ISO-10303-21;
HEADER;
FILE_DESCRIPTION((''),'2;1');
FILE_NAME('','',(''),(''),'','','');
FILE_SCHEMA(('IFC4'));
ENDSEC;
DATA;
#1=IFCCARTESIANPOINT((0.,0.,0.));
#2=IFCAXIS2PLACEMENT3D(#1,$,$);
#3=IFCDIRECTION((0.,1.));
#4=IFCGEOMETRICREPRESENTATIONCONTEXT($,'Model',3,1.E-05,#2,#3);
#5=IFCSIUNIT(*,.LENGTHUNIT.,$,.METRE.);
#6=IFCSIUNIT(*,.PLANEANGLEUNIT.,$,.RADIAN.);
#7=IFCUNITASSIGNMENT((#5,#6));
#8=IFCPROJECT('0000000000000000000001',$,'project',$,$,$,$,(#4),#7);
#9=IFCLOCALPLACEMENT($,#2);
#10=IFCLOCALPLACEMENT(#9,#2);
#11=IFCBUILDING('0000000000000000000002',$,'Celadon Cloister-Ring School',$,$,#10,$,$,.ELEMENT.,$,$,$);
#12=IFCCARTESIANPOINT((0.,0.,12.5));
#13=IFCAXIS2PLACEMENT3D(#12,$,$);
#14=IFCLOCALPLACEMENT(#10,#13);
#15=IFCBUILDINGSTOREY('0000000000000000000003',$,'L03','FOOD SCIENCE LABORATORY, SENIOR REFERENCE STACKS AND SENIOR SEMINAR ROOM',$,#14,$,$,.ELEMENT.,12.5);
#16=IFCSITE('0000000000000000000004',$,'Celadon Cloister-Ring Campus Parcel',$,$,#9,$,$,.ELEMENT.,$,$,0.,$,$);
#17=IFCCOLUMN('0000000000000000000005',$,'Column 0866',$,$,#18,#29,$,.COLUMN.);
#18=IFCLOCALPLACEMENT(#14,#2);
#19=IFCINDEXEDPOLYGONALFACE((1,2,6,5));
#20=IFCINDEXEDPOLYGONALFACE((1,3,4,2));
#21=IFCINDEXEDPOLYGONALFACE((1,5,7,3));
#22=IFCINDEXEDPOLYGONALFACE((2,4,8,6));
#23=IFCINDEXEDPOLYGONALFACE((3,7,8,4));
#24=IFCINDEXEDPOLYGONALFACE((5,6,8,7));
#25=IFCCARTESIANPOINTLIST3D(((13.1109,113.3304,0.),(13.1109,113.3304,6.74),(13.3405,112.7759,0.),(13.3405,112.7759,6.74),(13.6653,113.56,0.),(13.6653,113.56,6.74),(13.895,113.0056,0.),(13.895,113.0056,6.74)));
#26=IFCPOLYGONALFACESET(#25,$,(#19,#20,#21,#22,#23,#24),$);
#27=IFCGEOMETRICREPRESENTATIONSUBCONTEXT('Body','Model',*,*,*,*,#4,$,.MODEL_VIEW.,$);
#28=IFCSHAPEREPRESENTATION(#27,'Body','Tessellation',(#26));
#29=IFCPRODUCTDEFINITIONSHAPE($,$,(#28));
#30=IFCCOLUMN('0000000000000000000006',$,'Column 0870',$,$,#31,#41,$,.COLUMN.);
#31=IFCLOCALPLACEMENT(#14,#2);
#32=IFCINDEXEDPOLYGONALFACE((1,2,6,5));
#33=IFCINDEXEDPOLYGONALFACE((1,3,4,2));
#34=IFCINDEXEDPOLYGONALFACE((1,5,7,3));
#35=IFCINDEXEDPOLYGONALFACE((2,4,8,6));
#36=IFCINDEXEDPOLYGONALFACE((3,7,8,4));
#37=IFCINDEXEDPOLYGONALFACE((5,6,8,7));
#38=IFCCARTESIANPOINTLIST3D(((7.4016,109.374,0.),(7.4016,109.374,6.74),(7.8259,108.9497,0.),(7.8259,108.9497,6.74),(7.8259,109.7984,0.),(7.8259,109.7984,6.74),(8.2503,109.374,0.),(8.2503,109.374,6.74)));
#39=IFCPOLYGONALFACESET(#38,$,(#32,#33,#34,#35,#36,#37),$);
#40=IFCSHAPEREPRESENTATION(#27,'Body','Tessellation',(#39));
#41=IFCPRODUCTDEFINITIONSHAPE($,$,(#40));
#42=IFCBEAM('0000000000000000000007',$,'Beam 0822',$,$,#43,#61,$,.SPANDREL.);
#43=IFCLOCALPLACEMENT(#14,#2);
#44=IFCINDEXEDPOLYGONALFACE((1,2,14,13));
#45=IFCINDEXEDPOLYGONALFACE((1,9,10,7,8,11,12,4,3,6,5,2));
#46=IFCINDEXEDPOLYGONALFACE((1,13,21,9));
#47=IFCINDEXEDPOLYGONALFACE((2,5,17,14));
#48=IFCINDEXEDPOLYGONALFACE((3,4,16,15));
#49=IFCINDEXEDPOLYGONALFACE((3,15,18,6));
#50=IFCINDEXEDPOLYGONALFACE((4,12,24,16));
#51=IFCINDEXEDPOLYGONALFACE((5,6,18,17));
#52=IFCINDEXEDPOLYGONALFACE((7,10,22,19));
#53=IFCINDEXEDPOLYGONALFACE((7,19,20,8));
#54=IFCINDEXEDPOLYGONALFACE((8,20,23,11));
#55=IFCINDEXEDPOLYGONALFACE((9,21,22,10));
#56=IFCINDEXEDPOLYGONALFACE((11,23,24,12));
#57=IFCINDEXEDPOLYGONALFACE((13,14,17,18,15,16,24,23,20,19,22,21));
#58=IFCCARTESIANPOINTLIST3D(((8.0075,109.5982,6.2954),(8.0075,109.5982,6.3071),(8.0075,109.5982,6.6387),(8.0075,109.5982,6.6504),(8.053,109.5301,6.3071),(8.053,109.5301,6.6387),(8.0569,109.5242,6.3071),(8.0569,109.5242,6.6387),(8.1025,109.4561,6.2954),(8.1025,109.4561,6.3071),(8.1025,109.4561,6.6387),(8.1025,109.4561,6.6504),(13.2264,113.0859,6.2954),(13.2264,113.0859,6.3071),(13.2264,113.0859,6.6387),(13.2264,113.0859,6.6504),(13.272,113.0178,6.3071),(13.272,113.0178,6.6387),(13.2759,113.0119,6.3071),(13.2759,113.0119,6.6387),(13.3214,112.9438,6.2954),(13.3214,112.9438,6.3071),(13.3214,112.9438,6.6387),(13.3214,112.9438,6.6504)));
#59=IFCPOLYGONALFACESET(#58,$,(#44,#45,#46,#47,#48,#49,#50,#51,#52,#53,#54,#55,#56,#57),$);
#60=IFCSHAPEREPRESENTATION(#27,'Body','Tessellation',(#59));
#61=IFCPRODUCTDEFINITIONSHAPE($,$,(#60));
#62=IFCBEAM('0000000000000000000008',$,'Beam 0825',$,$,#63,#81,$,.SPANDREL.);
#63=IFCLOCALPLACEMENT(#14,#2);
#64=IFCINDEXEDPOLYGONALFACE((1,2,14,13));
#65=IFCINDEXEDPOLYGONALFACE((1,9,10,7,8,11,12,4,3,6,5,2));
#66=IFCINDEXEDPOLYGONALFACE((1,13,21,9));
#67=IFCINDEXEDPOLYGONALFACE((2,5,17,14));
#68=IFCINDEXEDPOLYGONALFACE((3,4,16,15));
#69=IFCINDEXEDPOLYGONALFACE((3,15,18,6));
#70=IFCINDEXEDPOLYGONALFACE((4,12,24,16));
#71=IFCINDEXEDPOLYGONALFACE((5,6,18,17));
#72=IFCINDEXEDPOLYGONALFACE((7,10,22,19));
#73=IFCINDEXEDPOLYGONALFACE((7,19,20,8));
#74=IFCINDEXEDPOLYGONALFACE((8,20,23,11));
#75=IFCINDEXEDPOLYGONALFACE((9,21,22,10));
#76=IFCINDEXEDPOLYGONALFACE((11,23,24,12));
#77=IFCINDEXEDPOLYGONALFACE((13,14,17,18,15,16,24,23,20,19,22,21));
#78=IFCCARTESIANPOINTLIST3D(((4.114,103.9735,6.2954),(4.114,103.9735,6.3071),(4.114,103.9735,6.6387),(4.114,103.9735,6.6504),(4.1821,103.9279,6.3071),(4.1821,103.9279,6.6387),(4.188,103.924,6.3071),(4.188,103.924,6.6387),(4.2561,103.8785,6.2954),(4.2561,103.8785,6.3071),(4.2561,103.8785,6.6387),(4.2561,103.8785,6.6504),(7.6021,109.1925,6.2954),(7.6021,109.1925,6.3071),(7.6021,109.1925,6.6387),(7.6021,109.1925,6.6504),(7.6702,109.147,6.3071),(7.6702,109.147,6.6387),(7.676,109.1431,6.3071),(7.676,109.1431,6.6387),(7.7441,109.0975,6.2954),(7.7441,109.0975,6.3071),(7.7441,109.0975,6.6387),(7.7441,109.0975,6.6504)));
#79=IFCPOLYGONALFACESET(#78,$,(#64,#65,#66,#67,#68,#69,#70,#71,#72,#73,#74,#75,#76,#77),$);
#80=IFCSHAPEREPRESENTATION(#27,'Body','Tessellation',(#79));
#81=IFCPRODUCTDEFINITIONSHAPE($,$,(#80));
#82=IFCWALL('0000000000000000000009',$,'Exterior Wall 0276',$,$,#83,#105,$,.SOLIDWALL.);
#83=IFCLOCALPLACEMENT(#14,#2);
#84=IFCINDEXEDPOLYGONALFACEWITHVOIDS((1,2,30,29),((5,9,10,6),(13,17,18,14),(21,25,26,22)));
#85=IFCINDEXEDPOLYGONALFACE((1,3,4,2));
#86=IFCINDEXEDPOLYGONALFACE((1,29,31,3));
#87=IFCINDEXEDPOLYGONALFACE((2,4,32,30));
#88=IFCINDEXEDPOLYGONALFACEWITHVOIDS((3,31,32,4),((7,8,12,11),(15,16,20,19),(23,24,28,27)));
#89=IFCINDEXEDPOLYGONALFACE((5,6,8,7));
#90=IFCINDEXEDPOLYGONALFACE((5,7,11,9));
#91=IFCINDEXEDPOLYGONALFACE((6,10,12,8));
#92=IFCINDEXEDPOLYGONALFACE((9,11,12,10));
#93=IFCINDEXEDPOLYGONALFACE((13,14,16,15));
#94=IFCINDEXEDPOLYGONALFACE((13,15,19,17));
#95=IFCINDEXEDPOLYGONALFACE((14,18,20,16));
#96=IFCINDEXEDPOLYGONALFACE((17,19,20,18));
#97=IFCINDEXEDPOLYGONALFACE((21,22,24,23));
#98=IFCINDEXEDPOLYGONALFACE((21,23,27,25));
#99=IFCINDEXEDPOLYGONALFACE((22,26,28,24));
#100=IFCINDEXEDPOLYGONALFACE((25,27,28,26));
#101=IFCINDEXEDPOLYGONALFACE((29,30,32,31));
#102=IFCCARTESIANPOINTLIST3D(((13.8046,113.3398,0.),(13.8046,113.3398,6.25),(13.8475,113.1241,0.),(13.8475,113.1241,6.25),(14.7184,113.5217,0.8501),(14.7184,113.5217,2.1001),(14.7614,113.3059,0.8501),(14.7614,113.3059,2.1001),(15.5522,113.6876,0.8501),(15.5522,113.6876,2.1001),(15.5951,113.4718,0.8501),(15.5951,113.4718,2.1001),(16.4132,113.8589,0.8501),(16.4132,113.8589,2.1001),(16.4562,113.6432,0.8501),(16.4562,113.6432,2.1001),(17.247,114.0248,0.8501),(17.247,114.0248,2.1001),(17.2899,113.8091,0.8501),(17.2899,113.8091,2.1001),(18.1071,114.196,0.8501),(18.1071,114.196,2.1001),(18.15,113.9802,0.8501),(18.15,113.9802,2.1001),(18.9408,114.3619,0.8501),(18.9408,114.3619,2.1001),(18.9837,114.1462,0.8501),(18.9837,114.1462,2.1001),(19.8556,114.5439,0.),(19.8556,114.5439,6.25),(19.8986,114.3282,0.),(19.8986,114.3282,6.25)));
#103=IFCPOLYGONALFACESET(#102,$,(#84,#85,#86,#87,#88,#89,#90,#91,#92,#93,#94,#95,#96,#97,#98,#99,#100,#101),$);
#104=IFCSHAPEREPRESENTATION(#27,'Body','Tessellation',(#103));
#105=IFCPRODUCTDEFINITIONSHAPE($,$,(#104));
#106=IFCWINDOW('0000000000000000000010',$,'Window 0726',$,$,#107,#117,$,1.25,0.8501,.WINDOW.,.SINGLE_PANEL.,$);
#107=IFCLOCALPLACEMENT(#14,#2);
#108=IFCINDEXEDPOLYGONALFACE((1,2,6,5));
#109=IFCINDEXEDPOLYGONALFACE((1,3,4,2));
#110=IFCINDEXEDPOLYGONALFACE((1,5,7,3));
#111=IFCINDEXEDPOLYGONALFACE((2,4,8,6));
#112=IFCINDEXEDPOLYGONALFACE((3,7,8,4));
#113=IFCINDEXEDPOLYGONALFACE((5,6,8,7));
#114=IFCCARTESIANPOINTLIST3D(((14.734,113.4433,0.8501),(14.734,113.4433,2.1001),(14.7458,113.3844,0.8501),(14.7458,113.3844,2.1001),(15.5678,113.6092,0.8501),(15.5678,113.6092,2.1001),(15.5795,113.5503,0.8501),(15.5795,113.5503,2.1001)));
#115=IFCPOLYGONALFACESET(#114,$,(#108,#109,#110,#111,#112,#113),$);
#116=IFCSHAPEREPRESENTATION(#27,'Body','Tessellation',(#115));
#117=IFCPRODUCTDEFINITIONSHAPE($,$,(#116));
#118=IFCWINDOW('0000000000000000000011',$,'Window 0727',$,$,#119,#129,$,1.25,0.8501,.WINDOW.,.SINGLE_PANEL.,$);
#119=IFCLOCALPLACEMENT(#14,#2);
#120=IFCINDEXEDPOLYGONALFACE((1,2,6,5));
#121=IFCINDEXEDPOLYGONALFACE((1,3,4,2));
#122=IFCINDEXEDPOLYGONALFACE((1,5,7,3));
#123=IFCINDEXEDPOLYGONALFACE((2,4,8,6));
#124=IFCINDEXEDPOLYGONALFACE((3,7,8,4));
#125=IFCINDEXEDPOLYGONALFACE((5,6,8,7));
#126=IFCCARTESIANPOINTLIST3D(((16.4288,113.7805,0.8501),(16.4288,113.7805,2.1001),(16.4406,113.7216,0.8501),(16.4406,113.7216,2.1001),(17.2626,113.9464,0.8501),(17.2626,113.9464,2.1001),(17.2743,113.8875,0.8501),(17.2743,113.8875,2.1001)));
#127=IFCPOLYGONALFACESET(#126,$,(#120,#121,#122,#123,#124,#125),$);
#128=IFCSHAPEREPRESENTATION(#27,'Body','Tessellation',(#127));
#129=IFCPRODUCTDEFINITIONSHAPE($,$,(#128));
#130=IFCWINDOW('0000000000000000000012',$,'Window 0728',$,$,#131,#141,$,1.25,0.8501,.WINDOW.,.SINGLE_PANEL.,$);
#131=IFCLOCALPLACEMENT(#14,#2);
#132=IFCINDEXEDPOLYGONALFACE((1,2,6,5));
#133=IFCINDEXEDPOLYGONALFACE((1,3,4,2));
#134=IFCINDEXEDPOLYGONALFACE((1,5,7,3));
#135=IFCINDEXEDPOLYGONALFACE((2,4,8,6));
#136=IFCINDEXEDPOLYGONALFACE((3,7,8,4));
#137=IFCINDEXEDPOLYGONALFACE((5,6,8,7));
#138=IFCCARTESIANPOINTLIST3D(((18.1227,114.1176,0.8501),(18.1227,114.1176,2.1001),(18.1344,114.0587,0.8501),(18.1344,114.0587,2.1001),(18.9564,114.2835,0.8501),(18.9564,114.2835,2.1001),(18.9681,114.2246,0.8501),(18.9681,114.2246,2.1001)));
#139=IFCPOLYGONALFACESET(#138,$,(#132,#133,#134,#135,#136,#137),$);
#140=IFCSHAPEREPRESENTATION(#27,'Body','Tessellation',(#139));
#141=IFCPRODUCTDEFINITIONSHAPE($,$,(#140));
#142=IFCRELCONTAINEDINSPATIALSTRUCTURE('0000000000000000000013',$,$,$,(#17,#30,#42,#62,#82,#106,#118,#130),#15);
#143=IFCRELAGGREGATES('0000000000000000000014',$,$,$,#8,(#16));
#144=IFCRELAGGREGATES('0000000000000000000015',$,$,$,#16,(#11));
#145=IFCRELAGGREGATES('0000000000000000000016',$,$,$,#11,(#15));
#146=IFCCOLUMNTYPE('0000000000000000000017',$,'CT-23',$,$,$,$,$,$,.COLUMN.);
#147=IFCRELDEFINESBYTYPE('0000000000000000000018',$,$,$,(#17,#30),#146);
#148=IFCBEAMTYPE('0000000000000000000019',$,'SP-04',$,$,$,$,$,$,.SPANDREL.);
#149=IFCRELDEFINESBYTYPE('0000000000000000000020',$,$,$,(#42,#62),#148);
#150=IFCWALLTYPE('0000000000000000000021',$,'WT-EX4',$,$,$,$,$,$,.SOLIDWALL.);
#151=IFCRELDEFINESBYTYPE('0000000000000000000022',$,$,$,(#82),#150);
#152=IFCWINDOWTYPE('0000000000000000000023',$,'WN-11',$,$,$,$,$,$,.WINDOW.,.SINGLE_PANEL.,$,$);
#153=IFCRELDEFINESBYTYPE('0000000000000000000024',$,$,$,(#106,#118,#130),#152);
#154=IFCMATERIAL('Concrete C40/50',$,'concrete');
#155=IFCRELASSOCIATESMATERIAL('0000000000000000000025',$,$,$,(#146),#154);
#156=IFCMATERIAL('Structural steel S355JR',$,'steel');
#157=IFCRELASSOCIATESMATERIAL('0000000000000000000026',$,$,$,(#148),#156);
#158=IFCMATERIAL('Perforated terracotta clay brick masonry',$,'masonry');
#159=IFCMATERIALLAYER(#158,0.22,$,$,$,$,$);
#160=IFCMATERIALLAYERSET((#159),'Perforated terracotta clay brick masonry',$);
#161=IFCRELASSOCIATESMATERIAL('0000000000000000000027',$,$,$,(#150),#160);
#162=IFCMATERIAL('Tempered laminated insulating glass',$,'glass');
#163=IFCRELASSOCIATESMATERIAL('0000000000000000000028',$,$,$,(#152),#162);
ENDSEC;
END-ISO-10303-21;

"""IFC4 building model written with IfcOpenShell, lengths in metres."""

from ifc_helpers import new_model, si_unit, direction, frame, frame_2d, origin, origin_2d, place, context, subcontext, project, spatial, rectangle, i_section, extrude, material, layer, layer_set, material_profile, profile_set, type_object, element, fill, save


model = new_model("IFC4")

# Units and contexts
model_context = context("Model", 3, precision=1e-05, world=origin(), true_north=direction((0.0, 1.0)))
body_context = subcontext(model_context, "Body", "Model", "MODEL_VIEW")
ifc_project = project(units=[si_unit("LENGTHUNIT", "METRE"), si_unit("PLANEANGLEUNIT", "RADIAN")], contexts=[model_context])

# Site, building, storey
site_placement = place(None, origin())
site = spatial("IfcSite", under=ifc_project, at=site_placement, Name="Celadon Cloister-Ring Campus Parcel", CompositionType="ELEMENT", RefElevation=0.0)
building_placement = place(site_placement, origin())
building = spatial("IfcBuilding", under=site, at=building_placement, Name="Celadon Cloister-Ring School", CompositionType="ELEMENT")
storey_placement = place(building_placement, frame((0.0, 0.0, 12.5)))
storey = spatial("IfcBuildingStorey", under=building, at=storey_placement, Name="L03", Description="FOOD SCIENCE LABORATORY, SENIOR REFERENCE STACKS AND SENIOR SEMINAR ROOM", CompositionType="ELEMENT", Elevation=12.5)

# Columns
ifc_material_1 = material(Name="Concrete C40/50", Category="concrete")
ifc_material_profile_1 = material_profile(ifc_material_1, rectangle(XDim=0.6001, YDim=0.6001, at=origin_2d()), Name="RC600X600")
ifc_profile_set_1 = profile_set([ifc_material_profile_1], Name="Concrete C40/50")
column_type = type_object("IfcColumnType", Name="CT-23", PredefinedType="COLUMN", material=ifc_profile_set_1)
for number, where, z_axis, x_axis, name in (
    (1, (13.5029, 113.168, 0.0), (0.0, 0.0, 1.0), (-0.382683, 0.92388, 0.0), "Column 0866"),
    (2, (7.8259, 109.374, 0.0), (0.0, 0.0, 1.0), (-0.707107, 0.707107, 0.0), "Column 0870"),
):
    element("IfcColumn", number, at=place(storey_placement, frame(where, z_axis=z_axis, x_axis=x_axis)), inside=storey, type_object=column_type, Name=name, PredefinedType="COLUMN", context=body_context, shape_type="SweptSolid", body=[
        extrude(rectangle(XDim=0.6001, YDim=0.6001, at=origin_2d()), origin(), (0.0, 0.0, 1.0), 6.74),
    ])

# Beams
ifc_material_2 = material(Name="Structural steel S355JR", Category="steel")
ifc_material_profile_2 = material_profile(ifc_material_2, i_section(OverallWidth=0.1709, OverallDepth=0.355, WebThickness=0.0071, FlangeThickness=0.0117, at=origin_2d()), Name="W360X51")
ifc_profile_set_2 = profile_set([ifc_material_profile_2], Name="Structural steel S355JR")
beam_type = type_object("IfcBeamType", Name="SP-04", PredefinedType="SPANDREL", material=ifc_profile_set_2)
beam_1_placement = place(storey_placement, frame((13.2739, 113.0149, 6.4729), z_axis=(-0.831427, -0.555633, 0.0), x_axis=(0.555633, -0.831427, 0.0)))
element("IfcBeam", 3, at=beam_1_placement, inside=storey, type_object=beam_type, Name="Beam 0822", PredefinedType="SPANDREL", context=body_context, shape_type="SweptSolid", body=[
    extrude(i_section(OverallWidth=0.1709, OverallDepth=0.355, WebThickness=0.0071, FlangeThickness=0.0117, at=origin_2d()), origin(), (0.0, 0.0, 1.0), 6.2771),
])
beam_2_placement = place(storey_placement, frame((7.6731, 109.145, 6.4729), z_axis=(-0.55566, -0.83141, 0.0), x_axis=(0.83141, -0.55566, 0.0)))
element("IfcBeam", 4, at=beam_2_placement, inside=storey, type_object=beam_type, Name="Beam 0825", PredefinedType="SPANDREL", context=body_context, shape_type="SweptSolid", body=[
    extrude(i_section(OverallWidth=0.1709, OverallDepth=0.355, WebThickness=0.0071, FlangeThickness=0.0117, at=origin_2d()), origin(), (0.0, 0.0, 1.0), 6.2773),
])

# Wall, openings, windows
ifc_material_3 = material(Name="Perforated terracotta clay brick masonry", Category="masonry")
ifc_layer_1 = layer(ifc_material_3, 0.22)
ifc_layer_set_1 = layer_set([ifc_layer_1], Name="Perforated terracotta clay brick masonry")
wall_type = type_object("IfcWallType", Name="WT-EX4", PredefinedType="SOLIDWALL", material=ifc_layer_set_1)
wall_1_placement = place(storey_placement, frame((13.8259, 113.2319, 0.0), z_axis=(0.0, 0.0, 1.0), x_axis=(0.98077, 0.195165, 0.0)))
wall_1 = element("IfcWall", 5, at=wall_1_placement, inside=storey, type_object=wall_type, Name="Exterior Wall 0276", PredefinedType="SOLIDWALL", context=body_context, shape_type="SweptSolid", body=[
    extrude(rectangle(XDim=6.1697, YDim=0.22, at=frame_2d((3.085, 0.0))), origin(), (0.0, 0.0, 1.0), 6.25),
])
opening_1_placement = place(wall_1_placement, frame((0.9319, 0.0, 0.8501)))
opening_1 = element("IfcOpeningElement", 6, at=opening_1_placement, cuts=wall_1, PredefinedType="OPENING", context=body_context, shape_type="SweptSolid", body=[
    extrude(rectangle(XDim=0.8501, YDim=1.25, at=frame_2d((0.425, 0.625))), frame((0.0, 0.1201, 0.0), z_axis=(0.0, -1.0, 0.0), x_axis=(1.0, 0.0, 0.0)), (0.0, 0.0, 1.0), 0.24),
])
opening_2_placement = place(wall_1_placement, frame((2.6599, 0.0, 0.8501)))
opening_2 = element("IfcOpeningElement", 7, at=opening_2_placement, cuts=wall_1, PredefinedType="OPENING", context=body_context, shape_type="SweptSolid", body=[
    extrude(rectangle(XDim=0.8501, YDim=1.25, at=frame_2d((0.425, 0.625))), frame((0.0, 0.1201, 0.0), z_axis=(0.0, -1.0, 0.0), x_axis=(1.0, 0.0, 0.0)), (0.0, 0.0, 1.0), 0.24),
])
opening_3_placement = place(wall_1_placement, frame((4.387, 0.0, 0.8501)))
opening_3 = element("IfcOpeningElement", 8, at=opening_3_placement, cuts=wall_1, PredefinedType="OPENING", context=body_context, shape_type="SweptSolid", body=[
    extrude(rectangle(XDim=0.8501, YDim=1.25, at=frame_2d((0.425, 0.625))), frame((0.0, 0.1201, 0.0), z_axis=(0.0, -1.0, 0.0), x_axis=(1.0, 0.0, 0.0)), (0.0, 0.0, 1.0), 0.24),
])
ifc_material_4 = material(Name="Tempered laminated insulating glass", Category="glass")
window_type = type_object("IfcWindowType", Name="WN-11", PartitioningType="SINGLE_PANEL", PredefinedType="WINDOW", material=ifc_material_4)
window_1_placement = place(opening_1_placement, origin())
window_1 = element("IfcWindow", 9, at=window_1_placement, inside=storey, type_object=window_type, Name="Window 0726", OverallHeight=1.25, OverallWidth=0.8501, PartitioningType="SINGLE_PANEL", PredefinedType="WINDOW", context=body_context, shape_type="SweptSolid", body=[
    extrude(rectangle(XDim=0.8501, YDim=1.25, at=frame_2d((0.425, 0.625))), frame((0.0, 0.03, 0.0), z_axis=(0.0, -1.0, 0.0), x_axis=(1.0, 0.0, 0.0)), (0.0, 0.0, 1.0), 0.0601),
])
fill(opening_1, window_1)
window_2_placement = place(opening_2_placement, origin())
window_2 = element("IfcWindow", 10, at=window_2_placement, inside=storey, type_object=window_type, Name="Window 0727", OverallHeight=1.25, OverallWidth=0.8501, PartitioningType="SINGLE_PANEL", PredefinedType="WINDOW", context=body_context, shape_type="SweptSolid", body=[
    extrude(rectangle(XDim=0.8501, YDim=1.25, at=frame_2d((0.425, 0.625))), frame((0.0, 0.03, 0.0), z_axis=(0.0, -1.0, 0.0), x_axis=(1.0, 0.0, 0.0)), (0.0, 0.0, 1.0), 0.0601),
])
fill(opening_2, window_2)
window_3_placement = place(opening_3_placement, origin())
window_3 = element("IfcWindow", 11, at=window_3_placement, inside=storey, type_object=window_type, Name="Window 0728", OverallHeight=1.25, OverallWidth=0.8501, PartitioningType="SINGLE_PANEL", PredefinedType="WINDOW", context=body_context, shape_type="SweptSolid", body=[
    extrude(rectangle(XDim=0.8501, YDim=1.25, at=frame_2d((0.425, 0.625))), frame((0.0, 0.03, 0.0), z_axis=(0.0, -1.0, 0.0), x_axis=(1.0, 0.0, 0.0)), (0.0, 0.0, 1.0), 0.0601),
])
fill(opening_3, window_3)

save(model, "model.ifc")
